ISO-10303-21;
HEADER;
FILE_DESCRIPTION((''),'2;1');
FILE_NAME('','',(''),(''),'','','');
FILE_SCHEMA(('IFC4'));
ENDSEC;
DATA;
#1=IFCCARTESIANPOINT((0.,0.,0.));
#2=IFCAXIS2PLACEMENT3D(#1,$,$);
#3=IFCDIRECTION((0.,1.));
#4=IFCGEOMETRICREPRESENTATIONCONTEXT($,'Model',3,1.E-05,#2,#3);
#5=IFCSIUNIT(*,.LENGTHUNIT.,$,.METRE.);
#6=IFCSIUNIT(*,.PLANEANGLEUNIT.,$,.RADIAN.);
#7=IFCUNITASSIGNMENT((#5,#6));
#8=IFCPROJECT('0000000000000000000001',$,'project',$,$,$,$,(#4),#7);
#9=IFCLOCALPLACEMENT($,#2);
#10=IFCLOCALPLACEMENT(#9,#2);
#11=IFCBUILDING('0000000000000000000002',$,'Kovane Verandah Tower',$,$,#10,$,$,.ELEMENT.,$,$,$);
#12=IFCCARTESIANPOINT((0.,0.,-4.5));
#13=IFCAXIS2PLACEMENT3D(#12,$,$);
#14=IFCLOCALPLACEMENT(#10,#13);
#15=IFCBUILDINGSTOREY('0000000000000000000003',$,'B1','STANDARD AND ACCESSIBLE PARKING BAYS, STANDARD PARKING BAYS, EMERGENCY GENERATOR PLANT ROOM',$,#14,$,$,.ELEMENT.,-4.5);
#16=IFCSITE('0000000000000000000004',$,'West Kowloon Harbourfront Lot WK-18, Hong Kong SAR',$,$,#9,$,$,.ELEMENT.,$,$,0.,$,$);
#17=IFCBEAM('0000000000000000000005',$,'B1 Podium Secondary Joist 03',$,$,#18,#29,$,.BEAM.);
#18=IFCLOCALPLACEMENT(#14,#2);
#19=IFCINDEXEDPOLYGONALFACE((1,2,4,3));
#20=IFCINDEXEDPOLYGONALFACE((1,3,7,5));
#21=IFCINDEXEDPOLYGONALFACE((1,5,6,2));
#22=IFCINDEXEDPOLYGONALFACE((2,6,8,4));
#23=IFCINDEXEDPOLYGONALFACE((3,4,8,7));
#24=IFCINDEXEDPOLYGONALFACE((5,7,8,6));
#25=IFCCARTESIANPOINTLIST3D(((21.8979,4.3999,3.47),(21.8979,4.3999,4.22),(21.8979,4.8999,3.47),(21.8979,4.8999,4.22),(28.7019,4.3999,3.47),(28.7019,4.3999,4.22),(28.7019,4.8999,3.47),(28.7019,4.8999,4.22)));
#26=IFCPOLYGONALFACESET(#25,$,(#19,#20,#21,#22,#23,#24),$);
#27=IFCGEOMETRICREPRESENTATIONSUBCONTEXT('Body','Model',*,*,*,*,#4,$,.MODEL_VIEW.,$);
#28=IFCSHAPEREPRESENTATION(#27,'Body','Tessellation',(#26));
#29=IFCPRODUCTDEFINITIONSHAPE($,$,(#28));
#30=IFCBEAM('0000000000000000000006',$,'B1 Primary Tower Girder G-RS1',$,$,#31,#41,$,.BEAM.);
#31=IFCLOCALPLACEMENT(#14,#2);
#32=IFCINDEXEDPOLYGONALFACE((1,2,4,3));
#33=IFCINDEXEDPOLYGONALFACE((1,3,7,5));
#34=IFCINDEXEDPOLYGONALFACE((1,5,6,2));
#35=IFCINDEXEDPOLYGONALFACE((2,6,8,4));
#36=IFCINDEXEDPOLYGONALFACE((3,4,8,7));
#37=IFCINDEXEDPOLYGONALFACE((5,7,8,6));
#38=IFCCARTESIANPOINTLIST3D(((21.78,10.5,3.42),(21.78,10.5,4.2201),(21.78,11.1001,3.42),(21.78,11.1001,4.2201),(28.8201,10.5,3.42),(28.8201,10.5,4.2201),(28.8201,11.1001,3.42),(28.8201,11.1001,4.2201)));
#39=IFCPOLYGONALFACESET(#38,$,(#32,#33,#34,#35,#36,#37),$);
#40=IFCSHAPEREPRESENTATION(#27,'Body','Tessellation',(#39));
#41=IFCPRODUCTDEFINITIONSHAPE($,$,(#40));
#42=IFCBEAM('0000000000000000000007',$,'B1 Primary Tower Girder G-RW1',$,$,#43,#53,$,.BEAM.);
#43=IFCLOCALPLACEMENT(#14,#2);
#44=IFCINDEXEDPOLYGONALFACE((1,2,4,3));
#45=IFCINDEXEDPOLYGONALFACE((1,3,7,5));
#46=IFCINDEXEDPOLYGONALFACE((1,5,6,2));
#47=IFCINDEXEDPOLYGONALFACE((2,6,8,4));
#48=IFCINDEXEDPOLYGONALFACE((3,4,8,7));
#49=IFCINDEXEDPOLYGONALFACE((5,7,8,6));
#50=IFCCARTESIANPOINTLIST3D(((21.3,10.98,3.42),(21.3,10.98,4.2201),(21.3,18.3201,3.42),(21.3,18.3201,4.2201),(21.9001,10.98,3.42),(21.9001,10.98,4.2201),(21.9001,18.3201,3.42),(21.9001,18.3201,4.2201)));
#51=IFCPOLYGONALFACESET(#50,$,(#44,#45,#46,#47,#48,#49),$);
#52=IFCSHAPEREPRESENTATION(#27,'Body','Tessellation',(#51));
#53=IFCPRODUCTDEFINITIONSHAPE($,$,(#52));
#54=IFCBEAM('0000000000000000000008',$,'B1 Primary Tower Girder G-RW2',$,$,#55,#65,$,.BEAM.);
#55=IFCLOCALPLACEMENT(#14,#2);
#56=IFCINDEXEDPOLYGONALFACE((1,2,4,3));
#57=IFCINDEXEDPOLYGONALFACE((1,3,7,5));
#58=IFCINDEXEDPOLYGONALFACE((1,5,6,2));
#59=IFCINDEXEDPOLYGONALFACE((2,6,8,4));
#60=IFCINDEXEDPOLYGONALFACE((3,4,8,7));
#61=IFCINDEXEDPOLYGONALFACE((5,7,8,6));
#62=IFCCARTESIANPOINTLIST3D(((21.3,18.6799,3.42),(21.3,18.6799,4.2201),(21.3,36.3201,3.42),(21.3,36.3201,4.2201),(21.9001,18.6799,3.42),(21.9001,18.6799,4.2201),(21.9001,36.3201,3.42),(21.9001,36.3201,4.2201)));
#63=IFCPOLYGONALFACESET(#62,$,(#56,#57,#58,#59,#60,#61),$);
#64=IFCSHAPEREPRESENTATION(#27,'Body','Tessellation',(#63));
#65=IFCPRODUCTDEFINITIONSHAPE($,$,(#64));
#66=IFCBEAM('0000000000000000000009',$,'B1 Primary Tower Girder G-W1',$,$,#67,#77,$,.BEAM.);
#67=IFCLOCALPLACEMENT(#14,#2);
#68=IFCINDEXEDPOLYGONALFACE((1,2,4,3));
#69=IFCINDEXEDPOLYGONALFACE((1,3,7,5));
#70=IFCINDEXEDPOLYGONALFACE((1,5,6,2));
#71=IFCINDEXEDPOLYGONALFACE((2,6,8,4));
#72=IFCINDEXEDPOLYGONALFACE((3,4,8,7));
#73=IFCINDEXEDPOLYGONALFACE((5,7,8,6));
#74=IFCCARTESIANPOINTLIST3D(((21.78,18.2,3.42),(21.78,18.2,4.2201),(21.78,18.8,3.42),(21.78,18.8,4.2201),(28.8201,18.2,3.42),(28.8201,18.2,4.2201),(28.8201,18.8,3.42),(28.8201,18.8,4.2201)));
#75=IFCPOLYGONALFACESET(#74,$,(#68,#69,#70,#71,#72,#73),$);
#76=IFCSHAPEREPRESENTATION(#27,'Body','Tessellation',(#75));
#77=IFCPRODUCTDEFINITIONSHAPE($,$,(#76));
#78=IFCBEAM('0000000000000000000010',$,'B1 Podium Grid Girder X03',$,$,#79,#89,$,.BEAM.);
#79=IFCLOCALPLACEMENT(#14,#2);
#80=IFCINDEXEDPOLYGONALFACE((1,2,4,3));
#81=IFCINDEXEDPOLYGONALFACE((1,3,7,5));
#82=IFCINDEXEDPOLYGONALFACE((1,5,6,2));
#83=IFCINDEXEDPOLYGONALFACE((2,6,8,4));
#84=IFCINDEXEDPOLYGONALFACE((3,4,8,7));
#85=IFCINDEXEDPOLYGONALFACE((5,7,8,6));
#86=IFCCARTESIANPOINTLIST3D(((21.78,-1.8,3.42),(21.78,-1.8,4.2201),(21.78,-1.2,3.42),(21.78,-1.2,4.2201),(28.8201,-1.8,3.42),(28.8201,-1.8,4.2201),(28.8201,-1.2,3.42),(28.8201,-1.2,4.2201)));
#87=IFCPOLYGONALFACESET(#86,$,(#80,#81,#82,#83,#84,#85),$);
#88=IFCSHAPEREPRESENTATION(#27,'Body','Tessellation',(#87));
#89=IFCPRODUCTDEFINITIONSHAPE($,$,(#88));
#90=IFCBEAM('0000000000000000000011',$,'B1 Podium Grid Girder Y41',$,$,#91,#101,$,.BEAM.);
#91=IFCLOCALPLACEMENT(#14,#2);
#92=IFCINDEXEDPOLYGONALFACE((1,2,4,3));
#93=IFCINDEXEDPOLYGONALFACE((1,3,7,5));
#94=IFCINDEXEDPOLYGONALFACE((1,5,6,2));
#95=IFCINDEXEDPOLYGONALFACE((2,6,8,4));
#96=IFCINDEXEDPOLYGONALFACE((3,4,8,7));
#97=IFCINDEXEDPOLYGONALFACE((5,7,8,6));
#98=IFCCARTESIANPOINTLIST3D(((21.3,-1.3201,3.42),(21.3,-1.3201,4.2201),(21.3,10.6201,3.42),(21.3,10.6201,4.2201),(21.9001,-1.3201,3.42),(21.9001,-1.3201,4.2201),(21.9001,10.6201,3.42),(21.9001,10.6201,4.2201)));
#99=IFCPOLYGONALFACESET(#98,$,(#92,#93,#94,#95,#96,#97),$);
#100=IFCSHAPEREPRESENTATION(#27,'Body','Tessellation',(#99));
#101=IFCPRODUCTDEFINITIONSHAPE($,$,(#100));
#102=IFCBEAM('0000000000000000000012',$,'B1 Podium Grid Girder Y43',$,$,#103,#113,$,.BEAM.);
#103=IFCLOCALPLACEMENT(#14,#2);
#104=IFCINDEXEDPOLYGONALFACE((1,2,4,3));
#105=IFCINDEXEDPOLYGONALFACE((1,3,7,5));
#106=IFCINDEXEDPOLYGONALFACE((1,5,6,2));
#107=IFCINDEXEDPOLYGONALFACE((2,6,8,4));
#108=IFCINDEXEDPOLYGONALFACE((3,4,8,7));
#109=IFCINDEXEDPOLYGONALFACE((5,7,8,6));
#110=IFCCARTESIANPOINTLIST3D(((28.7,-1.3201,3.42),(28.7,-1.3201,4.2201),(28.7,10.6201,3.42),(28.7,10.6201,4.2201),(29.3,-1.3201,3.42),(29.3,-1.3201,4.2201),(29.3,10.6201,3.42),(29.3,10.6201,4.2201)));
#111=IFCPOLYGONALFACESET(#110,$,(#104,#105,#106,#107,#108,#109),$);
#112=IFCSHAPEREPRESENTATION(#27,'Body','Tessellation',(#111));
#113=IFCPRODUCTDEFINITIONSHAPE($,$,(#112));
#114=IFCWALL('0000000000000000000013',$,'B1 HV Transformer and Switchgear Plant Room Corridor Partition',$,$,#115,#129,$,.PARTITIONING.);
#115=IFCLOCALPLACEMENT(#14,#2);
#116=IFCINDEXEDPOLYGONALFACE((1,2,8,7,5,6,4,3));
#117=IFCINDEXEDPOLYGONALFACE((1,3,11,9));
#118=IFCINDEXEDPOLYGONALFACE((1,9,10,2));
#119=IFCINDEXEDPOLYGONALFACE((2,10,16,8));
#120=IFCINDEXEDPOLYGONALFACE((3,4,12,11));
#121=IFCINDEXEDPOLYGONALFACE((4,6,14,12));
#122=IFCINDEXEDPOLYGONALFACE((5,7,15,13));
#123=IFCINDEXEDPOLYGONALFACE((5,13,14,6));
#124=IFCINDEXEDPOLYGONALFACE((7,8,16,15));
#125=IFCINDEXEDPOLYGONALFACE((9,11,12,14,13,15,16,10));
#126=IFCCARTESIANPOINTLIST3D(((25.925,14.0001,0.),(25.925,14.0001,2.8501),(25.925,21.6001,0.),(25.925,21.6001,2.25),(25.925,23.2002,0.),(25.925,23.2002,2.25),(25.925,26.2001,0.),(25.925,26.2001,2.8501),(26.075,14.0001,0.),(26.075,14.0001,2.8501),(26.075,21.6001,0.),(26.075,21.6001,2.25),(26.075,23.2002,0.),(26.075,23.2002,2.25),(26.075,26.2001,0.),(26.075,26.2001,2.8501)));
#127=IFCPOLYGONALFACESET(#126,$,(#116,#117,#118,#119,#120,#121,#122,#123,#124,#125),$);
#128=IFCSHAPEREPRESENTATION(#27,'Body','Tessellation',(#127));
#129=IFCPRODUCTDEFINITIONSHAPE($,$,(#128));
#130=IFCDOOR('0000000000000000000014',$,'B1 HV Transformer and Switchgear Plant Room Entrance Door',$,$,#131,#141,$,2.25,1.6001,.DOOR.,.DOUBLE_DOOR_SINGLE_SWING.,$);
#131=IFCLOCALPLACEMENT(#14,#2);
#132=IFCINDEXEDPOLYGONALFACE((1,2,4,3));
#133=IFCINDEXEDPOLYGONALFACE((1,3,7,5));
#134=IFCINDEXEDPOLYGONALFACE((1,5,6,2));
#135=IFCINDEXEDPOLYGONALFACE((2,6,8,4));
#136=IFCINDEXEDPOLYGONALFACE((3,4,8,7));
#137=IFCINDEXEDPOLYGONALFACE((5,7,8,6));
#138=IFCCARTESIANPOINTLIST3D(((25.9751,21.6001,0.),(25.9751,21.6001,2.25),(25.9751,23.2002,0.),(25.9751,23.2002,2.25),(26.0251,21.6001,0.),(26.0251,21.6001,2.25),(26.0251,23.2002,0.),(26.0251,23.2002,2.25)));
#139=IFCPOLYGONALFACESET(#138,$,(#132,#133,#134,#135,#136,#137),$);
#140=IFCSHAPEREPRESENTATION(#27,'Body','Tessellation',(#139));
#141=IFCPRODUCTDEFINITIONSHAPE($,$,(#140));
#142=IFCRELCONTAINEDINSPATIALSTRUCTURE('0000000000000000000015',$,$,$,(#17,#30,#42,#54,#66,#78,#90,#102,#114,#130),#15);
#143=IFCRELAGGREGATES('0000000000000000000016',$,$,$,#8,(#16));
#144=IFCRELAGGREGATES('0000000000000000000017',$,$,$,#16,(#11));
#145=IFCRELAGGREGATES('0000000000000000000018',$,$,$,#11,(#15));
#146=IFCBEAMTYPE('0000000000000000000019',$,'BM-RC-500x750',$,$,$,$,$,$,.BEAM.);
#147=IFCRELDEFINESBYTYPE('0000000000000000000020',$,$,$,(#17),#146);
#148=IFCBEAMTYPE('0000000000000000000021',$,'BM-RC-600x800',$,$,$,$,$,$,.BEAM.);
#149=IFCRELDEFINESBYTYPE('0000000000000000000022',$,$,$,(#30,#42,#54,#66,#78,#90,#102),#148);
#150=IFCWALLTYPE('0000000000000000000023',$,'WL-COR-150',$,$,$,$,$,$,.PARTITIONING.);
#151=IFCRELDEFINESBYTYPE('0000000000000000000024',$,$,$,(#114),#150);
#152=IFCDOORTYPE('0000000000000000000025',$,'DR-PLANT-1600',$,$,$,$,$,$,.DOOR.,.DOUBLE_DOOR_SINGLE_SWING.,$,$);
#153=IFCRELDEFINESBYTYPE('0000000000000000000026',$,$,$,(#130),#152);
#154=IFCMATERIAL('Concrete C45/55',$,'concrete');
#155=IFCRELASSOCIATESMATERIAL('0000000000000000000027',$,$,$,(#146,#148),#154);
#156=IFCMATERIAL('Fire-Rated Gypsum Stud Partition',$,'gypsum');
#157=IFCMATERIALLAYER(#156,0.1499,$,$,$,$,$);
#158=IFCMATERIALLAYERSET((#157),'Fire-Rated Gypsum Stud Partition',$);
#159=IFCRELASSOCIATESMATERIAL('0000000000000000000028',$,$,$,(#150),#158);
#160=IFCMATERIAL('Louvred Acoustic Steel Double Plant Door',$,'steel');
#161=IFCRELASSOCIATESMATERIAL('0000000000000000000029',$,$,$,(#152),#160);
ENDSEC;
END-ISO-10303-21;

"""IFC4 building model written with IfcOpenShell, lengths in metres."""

from ifc_helpers import new_model, si_unit, direction, frame, frame_2d, origin, origin_2d, place, context, subcontext, project, spatial, rectangle, extrude, material, layer, layer_set, material_profile, profile_set, type_object, element, fill, save


model = new_model("IFC4")

# Units and contexts
model_context = context("Model", 3, precision=1e-05, world=origin(), true_north=direction((0.0, 1.0)))
body_context = subcontext(model_context, "Body", "Model", "MODEL_VIEW")
ifc_project = project(units=[si_unit("LENGTHUNIT", "METRE"), si_unit("PLANEANGLEUNIT", "RADIAN")], contexts=[model_context])

# Site, building, storey
site_placement = place(None, origin())
site = spatial("IfcSite", under=ifc_project, at=site_placement, Name="West Kowloon Harbourfront Lot WK-18, Hong Kong SAR", CompositionType="ELEMENT", RefElevation=0.0)
building_placement = place(site_placement, origin())
building = spatial("IfcBuilding", under=site, at=building_placement, Name="Kovane Verandah Tower", CompositionType="ELEMENT")
storey_placement = place(building_placement, frame((0.0, 0.0, -4.5)))
storey = spatial("IfcBuildingStorey", under=building, at=storey_placement, Name="B1", Description="STANDARD AND ACCESSIBLE PARKING BAYS, STANDARD PARKING BAYS, EMERGENCY GENERATOR PLANT ROOM", CompositionType="ELEMENT", Elevation=-4.5)

# Beams
ifc_material_1 = material(Name="Concrete C45/55", Category="concrete")
ifc_material_profile_1 = material_profile(ifc_material_1, rectangle(XDim=0.5, YDim=0.75, at=origin_2d()), Name="RCB500x750")
ifc_profile_set_1 = profile_set([ifc_material_profile_1], Name="Concrete C45/55")
beam_type_1 = type_object("IfcBeamType", Name="BM-RC-500x750", PredefinedType="BEAM", material=ifc_profile_set_1)
beam_1_placement = place(storey_placement, frame((21.8979, 4.6499, 3.845), z_axis=(1.0, 0.0, 0.0), x_axis=(0.0, 1.0, 0.0)))
element("IfcBeam", 1, at=beam_1_placement, inside=storey, type_object=beam_type_1, Name="B1 Podium Secondary Joist 03", PredefinedType="BEAM", context=body_context, shape_type="SweptSolid", body=[
    extrude(rectangle(XDim=0.5, YDim=0.75, at=origin_2d()), origin(), (0.0, 0.0, 1.0), 6.804),
])
ifc_material_profile_2 = material_profile(ifc_material_1, rectangle(XDim=0.6001, YDim=0.8, at=origin_2d()), Name="RCB600x800")
ifc_profile_set_2 = profile_set([ifc_material_profile_2], Name="Concrete C45/55")
beam_type_2 = type_object("IfcBeamType", Name="BM-RC-600x800", PredefinedType="BEAM", material=ifc_profile_set_2)
beam_2_placement = place(storey_placement, frame((21.78, 10.8, 3.8201), z_axis=(1.0, 0.0, 0.0), x_axis=(0.0, 1.0, 0.0)))
element("IfcBeam", 2, at=beam_2_placement, inside=storey, type_object=beam_type_2, Name="B1 Primary Tower Girder G-RS1", PredefinedType="BEAM", context=body_context, shape_type="SweptSolid", body=[
    extrude(rectangle(XDim=0.6001, YDim=0.8, at=origin_2d()), origin(), (0.0, 0.0, 1.0), 7.04),
])
beam_3_placement = place(storey_placement, frame((21.6001, 10.98, 3.8201), z_axis=(0.0, 1.0, 0.0), x_axis=(-1.0, 0.0, 0.0)))
element("IfcBeam", 3, at=beam_3_placement, inside=storey, type_object=beam_type_2, Name="B1 Primary Tower Girder G-RW1", PredefinedType="BEAM", context=body_context, shape_type="SweptSolid", body=[
    extrude(rectangle(XDim=0.6001, YDim=0.8, at=origin_2d()), origin(), (0.0, 0.0, 1.0), 7.3401),
])
beam_4_placement = place(storey_placement, frame((21.6001, 18.6799, 3.8201), z_axis=(0.0, 1.0, 0.0), x_axis=(-1.0, 0.0, 0.0)))
element("IfcBeam", 4, at=beam_4_placement, inside=storey, type_object=beam_type_2, Name="B1 Primary Tower Girder G-RW2", PredefinedType="BEAM", context=body_context, shape_type="SweptSolid", body=[
    extrude(rectangle(XDim=0.6001, YDim=0.8, at=origin_2d()), origin(), (0.0, 0.0, 1.0), 17.6401),
])
for number, where, z_axis, x_axis, name in (
    (5, (28.8201, 18.5, 3.8201), (-1.0, 0.0, 0.0), (0.0, -1.0, 0.0), "B1 Primary Tower Girder G-W1"),
    (6, (21.78, -1.5, 3.8201), (1.0, 0.0, 0.0), (0.0, 1.0, 0.0), "B1 Podium Grid Girder X03"),
):
    element("IfcBeam", number, at=place(storey_placement, frame(where, z_axis=z_axis, x_axis=x_axis)), inside=storey, type_object=beam_type_2, Name=name, PredefinedType="BEAM", context=body_context, shape_type="SweptSolid", body=[
        extrude(rectangle(XDim=0.6001, YDim=0.8, at=origin_2d()), origin(), (0.0, 0.0, 1.0), 7.04),
    ])
for number, where, z_axis, x_axis, name in (
    (7, (21.6001, -1.3201, 3.8201), (0.0, 1.0, 0.0), (-1.0, 0.0, 0.0), "B1 Podium Grid Girder Y41"),
    (8, (29.0, -1.3201, 3.8201), (0.0, 1.0, 0.0), (-1.0, 0.0, 0.0), "B1 Podium Grid Girder Y43"),
):
    element("IfcBeam", number, at=place(storey_placement, frame(where, z_axis=z_axis, x_axis=x_axis)), inside=storey, type_object=beam_type_2, Name=name, PredefinedType="BEAM", context=body_context, shape_type="SweptSolid", body=[
        extrude(rectangle(XDim=0.6001, YDim=0.8, at=origin_2d()), origin(), (0.0, 0.0, 1.0), 11.9402),
    ])

# Wall, opening, door
ifc_material_2 = material(Name="Fire-Rated Gypsum Stud Partition", Category="gypsum")
ifc_layer = layer(ifc_material_2, 0.1499)
ifc_layer_set = layer_set([ifc_layer], Name="Fire-Rated Gypsum Stud Partition")
wall_type = type_object("IfcWallType", Name="WL-COR-150", PredefinedType="PARTITIONING", material=ifc_layer_set)
wall_placement = place(storey_placement, frame((26.0, 14.0, 0.0), z_axis=(0.0, 0.0, 1.0), x_axis=(0.0, 1.0, 0.0)))
wall = element("IfcWall", 9, at=wall_placement, inside=storey, type_object=wall_type, Name="B1 HV Transformer and Switchgear Plant Room Corridor Partition", PredefinedType="PARTITIONING", context=body_context, shape_type="SweptSolid", body=[
    extrude(rectangle(XDim=12.2, YDim=0.1499, at=frame_2d((6.1001, 0.0))), origin(), (0.0, 0.0, 1.0), 2.8501),
])
opening_placement = place(wall_placement, frame((7.6001, 0.0, 0.0)))
opening = element("IfcOpeningElement", 10, at=opening_placement, cuts=wall, PredefinedType="OPENING", context=body_context, shape_type="SweptSolid", body=[
    extrude(rectangle(XDim=1.6001, YDim=2.25, at=frame_2d((0.8, 1.125))), frame((0.0, 0.075, 0.0), z_axis=(0.0, -1.0, 0.0), x_axis=(1.0, 0.0, 0.0)), (0.0, 0.0, 1.0), 0.1499),
])
ifc_material_3 = material(Name="Louvred Acoustic Steel Double Plant Door", Category="steel")
door_type = type_object("IfcDoorType", Name="DR-PLANT-1600", OperationType="DOUBLE_DOOR_SINGLE_SWING", PredefinedType="DOOR", material=ifc_material_3)
door_placement = place(opening_placement, origin())
door = element("IfcDoor", 11, at=door_placement, inside=storey, type_object=door_type, Name="B1 HV Transformer and Switchgear Plant Room Entrance Door", OperationType="DOUBLE_DOOR_SINGLE_SWING", OverallHeight=2.25, OverallWidth=1.6001, PredefinedType="DOOR", context=body_context, shape_type="SweptSolid", body=[
    extrude(rectangle(XDim=1.6001, YDim=2.25, at=frame_2d((0.8, 1.125))), frame((0.0, 0.0249, 0.0), z_axis=(0.0, -1.0, 0.0), x_axis=(1.0, 0.0, 0.0)), (0.0, 0.0, 1.0), 0.05),
])
fill(opening, door)

save(model, "model.ifc")
